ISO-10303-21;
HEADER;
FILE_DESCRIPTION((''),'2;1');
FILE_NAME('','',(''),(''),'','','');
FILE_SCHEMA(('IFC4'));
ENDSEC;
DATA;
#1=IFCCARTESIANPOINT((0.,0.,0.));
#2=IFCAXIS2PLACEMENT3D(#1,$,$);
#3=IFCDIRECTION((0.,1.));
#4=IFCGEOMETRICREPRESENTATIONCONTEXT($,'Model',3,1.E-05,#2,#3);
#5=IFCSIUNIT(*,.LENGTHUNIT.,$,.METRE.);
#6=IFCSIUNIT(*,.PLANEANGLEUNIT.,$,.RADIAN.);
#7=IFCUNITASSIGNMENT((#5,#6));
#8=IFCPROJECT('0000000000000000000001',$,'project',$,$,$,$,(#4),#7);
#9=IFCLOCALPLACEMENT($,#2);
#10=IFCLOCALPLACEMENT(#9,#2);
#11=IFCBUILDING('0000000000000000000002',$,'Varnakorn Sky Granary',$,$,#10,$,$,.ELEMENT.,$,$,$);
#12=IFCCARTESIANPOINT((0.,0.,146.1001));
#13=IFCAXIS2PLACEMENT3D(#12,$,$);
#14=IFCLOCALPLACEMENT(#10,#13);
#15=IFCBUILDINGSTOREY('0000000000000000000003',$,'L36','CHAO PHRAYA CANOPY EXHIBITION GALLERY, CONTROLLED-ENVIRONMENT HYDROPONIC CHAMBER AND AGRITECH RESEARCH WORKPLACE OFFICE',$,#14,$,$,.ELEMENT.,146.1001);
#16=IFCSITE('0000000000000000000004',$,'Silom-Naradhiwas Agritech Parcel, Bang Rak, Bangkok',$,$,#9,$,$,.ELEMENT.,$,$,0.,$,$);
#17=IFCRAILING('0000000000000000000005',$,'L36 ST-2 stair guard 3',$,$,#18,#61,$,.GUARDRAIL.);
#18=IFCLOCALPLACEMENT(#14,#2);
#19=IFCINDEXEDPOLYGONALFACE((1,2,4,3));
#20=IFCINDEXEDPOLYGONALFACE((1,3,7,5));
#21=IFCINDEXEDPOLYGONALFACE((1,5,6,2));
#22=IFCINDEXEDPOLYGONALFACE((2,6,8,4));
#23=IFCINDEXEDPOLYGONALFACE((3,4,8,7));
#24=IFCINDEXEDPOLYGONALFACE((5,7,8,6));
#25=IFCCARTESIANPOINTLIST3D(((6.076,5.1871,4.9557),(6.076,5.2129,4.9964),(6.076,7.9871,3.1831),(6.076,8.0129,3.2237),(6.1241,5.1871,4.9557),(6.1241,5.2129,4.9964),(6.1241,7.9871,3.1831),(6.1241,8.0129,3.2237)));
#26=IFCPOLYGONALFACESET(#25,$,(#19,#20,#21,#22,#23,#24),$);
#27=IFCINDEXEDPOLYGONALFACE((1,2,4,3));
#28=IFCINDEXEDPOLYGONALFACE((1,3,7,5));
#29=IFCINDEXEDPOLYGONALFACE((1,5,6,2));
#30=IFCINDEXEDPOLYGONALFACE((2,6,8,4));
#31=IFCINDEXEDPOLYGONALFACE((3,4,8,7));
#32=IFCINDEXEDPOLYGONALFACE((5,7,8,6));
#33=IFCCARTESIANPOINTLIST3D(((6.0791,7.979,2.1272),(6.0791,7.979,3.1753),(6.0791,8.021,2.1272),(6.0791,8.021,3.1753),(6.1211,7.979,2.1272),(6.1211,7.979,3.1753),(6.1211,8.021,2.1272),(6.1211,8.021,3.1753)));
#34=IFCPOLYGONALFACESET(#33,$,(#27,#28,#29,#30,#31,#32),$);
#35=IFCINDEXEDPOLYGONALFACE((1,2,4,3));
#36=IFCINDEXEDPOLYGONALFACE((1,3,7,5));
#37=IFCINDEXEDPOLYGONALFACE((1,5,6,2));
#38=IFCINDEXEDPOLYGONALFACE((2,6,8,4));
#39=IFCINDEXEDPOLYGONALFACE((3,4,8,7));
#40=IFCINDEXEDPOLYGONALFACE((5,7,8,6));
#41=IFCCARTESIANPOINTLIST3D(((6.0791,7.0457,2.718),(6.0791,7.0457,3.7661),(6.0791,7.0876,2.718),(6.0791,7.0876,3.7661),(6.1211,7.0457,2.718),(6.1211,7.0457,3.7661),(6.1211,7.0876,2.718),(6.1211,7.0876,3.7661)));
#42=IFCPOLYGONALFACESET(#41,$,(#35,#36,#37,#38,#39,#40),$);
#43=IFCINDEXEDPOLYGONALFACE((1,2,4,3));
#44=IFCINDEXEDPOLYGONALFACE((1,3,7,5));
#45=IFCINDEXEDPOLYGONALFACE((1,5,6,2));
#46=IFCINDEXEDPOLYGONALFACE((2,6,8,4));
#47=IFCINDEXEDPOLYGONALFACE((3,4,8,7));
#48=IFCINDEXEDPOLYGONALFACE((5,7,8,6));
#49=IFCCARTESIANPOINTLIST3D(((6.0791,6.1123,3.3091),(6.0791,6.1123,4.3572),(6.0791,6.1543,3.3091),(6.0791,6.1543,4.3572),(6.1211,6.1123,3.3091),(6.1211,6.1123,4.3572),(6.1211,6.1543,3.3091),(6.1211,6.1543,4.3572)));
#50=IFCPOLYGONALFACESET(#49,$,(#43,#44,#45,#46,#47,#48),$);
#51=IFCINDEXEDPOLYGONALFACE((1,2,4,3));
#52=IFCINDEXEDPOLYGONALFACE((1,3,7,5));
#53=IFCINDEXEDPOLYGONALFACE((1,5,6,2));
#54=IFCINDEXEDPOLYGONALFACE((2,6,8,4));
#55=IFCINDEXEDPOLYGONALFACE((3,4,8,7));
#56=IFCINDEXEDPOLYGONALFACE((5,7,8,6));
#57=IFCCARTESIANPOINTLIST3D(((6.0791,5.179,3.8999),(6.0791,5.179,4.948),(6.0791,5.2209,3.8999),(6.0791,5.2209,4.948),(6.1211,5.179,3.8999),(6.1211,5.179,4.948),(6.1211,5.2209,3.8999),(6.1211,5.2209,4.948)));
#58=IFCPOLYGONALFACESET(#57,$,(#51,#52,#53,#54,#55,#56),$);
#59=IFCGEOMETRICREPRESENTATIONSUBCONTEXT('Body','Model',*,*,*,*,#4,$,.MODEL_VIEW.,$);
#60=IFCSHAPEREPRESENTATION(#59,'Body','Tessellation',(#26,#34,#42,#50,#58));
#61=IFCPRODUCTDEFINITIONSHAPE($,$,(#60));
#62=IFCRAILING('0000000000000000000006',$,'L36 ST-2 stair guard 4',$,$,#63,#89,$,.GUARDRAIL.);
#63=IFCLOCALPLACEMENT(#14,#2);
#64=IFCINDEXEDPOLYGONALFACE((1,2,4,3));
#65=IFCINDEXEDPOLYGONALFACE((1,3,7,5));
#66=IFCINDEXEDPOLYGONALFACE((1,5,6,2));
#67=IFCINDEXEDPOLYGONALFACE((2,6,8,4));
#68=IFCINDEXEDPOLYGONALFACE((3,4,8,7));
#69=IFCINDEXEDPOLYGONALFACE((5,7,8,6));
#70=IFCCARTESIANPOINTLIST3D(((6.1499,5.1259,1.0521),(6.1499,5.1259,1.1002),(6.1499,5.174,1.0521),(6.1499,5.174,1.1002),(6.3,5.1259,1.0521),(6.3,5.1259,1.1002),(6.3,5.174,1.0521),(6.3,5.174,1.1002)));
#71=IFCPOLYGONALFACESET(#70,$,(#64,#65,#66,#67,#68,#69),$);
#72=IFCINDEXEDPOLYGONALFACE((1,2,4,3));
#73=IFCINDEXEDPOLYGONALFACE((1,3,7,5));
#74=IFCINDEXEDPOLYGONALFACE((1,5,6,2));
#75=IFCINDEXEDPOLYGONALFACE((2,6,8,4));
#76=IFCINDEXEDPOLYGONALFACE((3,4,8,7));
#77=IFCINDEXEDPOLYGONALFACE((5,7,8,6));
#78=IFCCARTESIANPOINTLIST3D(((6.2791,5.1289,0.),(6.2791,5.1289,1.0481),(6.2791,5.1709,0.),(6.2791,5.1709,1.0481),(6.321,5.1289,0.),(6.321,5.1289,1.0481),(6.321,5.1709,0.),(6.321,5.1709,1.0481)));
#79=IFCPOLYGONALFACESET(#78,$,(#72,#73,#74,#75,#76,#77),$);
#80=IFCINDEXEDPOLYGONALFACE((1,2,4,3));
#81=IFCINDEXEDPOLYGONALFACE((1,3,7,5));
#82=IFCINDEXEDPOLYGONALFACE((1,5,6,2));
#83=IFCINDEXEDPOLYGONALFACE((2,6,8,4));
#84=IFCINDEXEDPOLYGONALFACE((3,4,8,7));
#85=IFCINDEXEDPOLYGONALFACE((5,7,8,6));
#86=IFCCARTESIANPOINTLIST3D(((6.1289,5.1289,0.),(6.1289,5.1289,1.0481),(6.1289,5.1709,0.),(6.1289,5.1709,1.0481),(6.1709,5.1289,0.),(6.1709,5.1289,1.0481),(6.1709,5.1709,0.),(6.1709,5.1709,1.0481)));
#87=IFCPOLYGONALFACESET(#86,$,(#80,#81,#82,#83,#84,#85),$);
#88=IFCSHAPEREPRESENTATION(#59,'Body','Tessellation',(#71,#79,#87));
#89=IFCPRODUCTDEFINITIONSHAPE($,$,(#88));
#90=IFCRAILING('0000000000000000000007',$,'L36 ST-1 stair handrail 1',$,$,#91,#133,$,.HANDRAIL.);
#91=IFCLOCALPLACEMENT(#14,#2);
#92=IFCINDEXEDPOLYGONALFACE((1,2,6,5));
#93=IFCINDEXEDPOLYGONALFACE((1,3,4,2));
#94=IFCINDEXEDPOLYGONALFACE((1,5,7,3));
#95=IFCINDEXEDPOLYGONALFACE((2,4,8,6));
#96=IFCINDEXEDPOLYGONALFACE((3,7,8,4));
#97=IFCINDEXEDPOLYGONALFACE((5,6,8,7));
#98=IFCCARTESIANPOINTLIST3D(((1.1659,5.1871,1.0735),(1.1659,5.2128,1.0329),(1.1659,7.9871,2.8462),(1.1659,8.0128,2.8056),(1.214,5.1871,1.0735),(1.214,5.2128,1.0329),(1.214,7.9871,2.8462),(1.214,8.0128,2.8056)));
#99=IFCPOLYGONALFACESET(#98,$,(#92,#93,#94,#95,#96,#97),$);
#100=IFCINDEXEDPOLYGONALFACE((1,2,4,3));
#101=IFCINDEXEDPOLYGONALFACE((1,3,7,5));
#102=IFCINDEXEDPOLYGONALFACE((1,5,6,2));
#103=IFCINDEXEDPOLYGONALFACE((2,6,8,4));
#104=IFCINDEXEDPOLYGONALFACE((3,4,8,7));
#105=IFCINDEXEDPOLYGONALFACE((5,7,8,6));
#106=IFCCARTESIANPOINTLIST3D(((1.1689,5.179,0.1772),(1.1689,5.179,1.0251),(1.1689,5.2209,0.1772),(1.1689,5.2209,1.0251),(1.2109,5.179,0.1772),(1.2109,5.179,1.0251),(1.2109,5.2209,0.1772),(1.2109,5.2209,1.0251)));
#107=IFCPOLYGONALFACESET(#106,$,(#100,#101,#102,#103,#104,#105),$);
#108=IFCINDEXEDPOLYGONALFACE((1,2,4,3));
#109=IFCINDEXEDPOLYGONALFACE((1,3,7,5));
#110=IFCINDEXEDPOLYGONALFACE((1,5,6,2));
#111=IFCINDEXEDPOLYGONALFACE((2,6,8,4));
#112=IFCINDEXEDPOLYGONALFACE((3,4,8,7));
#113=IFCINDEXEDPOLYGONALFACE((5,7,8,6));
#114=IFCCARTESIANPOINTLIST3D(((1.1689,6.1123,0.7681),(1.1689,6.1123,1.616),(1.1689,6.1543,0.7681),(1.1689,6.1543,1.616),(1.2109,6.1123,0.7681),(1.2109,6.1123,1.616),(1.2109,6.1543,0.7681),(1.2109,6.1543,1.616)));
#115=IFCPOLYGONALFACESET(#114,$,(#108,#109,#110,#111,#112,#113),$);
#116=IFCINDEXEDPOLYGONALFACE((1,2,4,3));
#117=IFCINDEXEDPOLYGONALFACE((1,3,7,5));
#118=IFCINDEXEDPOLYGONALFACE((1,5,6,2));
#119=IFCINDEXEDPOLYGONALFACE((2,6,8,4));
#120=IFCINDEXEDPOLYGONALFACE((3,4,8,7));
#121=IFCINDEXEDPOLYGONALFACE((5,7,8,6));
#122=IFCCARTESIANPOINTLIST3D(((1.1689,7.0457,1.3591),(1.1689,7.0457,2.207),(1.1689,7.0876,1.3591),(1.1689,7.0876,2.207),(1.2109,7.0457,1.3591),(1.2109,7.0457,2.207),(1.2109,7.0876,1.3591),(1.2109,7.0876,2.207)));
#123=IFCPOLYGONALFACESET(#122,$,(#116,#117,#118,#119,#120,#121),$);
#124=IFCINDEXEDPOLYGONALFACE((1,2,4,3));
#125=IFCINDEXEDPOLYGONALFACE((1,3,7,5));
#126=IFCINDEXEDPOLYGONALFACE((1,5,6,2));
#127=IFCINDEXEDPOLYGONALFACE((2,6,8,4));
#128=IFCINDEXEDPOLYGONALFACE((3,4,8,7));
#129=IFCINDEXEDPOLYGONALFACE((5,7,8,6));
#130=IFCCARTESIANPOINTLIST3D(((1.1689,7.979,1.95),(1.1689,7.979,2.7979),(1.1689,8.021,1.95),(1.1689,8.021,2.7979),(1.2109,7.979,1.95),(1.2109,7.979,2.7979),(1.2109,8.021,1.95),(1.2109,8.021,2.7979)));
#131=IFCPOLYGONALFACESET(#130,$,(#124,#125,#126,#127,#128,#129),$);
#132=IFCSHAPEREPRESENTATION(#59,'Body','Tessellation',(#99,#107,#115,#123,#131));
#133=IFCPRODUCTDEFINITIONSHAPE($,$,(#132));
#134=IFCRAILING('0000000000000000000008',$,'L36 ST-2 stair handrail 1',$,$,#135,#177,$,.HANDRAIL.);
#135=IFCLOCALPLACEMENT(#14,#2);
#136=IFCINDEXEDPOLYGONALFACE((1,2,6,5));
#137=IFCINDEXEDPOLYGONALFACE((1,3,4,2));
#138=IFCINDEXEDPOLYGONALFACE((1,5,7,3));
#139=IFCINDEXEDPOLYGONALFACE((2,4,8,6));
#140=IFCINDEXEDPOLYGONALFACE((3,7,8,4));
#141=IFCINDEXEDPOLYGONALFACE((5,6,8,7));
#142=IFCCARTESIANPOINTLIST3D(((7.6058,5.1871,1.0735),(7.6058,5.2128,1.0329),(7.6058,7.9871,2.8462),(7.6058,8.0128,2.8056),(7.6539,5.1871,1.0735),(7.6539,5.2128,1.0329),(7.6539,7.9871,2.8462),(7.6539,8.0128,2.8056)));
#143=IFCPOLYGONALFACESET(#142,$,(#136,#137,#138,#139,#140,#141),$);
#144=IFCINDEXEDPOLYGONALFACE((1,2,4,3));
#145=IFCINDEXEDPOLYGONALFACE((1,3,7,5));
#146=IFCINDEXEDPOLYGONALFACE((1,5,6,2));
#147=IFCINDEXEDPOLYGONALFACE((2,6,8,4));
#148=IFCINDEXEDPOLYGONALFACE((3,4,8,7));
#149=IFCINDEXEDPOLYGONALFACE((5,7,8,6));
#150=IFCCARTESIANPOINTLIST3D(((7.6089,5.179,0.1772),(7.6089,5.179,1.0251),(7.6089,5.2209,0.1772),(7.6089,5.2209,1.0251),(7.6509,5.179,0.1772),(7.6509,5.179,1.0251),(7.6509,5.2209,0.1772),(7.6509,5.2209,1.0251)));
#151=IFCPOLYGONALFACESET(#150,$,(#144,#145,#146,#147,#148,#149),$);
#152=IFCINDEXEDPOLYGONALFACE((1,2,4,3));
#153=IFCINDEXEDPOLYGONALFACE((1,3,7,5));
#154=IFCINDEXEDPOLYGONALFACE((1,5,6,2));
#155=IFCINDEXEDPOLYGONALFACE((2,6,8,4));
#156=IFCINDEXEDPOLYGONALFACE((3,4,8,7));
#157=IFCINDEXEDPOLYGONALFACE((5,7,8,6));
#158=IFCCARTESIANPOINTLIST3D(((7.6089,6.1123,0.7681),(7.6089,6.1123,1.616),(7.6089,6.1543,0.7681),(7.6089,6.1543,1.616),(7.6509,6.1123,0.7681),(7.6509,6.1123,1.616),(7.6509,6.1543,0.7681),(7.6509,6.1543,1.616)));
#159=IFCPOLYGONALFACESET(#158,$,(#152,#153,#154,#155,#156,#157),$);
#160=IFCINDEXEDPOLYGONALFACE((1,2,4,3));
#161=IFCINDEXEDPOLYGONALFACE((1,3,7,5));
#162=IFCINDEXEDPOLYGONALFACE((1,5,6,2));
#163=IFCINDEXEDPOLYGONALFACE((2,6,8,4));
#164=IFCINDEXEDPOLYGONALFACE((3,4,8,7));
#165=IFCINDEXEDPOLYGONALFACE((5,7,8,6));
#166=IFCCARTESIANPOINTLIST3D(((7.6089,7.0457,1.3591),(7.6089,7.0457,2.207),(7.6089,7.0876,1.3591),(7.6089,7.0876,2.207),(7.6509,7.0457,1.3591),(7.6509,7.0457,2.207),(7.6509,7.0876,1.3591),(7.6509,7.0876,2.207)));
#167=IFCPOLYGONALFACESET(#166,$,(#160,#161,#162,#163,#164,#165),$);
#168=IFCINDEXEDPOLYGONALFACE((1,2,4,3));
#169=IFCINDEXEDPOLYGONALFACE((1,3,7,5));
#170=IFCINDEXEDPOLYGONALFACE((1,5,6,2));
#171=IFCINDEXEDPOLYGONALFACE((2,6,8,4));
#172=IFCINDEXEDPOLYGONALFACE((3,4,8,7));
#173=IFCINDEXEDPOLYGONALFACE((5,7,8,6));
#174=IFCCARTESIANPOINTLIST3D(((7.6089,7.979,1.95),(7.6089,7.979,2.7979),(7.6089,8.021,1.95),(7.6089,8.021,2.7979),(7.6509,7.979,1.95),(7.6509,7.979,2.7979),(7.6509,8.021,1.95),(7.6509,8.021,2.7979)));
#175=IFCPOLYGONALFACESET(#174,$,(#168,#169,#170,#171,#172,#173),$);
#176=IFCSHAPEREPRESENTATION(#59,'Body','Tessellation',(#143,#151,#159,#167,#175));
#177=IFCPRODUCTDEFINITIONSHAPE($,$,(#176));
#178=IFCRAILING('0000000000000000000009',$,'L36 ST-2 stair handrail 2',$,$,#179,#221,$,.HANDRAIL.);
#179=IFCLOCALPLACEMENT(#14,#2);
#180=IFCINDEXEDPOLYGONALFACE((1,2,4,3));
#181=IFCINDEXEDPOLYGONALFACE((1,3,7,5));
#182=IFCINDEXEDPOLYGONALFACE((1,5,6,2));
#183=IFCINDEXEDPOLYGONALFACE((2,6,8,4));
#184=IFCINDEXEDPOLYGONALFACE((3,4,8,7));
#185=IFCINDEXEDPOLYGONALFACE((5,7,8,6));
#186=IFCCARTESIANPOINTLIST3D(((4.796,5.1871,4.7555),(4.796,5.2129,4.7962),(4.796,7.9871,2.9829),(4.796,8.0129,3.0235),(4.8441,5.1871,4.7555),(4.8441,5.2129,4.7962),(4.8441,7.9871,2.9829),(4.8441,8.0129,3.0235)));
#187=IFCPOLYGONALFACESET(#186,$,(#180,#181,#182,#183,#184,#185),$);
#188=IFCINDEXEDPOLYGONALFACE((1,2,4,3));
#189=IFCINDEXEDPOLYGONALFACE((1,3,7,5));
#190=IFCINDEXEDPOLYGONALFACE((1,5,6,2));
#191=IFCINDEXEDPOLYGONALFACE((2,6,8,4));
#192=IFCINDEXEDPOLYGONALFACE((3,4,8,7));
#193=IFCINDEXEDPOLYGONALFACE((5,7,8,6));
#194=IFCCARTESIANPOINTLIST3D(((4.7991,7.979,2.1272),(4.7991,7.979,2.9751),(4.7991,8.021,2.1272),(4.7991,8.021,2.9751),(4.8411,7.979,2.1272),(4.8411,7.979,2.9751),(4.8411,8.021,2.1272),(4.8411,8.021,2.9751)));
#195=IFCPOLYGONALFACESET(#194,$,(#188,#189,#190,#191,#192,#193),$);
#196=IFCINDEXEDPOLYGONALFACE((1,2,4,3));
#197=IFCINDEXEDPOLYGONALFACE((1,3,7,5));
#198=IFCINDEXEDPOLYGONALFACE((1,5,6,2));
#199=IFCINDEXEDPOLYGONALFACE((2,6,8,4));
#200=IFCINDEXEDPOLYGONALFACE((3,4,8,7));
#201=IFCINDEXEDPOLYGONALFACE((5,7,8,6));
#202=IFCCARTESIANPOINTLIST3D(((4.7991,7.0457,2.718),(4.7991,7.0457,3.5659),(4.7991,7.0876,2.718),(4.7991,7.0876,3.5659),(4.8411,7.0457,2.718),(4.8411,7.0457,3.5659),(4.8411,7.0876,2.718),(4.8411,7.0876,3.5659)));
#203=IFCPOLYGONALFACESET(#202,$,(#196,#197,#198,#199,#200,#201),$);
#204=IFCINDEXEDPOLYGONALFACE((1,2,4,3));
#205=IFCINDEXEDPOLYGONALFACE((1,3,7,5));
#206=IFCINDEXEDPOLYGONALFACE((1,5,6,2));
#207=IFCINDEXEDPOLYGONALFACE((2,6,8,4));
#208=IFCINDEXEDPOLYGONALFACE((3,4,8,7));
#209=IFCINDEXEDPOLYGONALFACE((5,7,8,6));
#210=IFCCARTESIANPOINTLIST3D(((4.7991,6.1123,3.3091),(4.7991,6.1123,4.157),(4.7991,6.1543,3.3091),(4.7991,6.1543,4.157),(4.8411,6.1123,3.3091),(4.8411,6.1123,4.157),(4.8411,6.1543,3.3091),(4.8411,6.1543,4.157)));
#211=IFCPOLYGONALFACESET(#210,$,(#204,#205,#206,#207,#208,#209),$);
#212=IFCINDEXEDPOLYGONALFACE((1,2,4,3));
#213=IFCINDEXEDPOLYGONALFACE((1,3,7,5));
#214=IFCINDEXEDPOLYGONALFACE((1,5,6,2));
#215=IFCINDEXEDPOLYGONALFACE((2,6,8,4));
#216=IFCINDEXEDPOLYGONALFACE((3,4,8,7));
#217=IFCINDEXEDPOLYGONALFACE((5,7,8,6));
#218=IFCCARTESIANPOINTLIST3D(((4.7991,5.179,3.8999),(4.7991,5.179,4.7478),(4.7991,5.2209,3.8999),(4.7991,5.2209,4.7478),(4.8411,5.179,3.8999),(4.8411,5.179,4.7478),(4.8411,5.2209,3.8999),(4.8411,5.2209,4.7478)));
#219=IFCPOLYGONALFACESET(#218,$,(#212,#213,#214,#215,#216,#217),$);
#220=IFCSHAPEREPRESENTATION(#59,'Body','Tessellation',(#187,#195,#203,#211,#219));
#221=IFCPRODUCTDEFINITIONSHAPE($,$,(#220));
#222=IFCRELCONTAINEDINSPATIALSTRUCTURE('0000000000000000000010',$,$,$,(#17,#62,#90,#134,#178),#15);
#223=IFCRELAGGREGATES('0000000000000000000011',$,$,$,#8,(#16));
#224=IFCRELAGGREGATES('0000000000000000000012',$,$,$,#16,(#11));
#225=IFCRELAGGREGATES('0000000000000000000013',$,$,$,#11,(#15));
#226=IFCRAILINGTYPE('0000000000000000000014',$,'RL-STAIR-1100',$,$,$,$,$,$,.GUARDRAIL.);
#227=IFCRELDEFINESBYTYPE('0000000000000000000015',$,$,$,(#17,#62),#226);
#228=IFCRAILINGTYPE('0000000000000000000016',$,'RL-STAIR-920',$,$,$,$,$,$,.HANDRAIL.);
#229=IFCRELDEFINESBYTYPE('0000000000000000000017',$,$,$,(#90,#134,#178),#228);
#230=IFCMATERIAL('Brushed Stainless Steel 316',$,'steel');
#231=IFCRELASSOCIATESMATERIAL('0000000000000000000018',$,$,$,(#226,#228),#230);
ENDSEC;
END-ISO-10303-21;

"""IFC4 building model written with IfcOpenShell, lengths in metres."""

from ifc_helpers import new_model, si_unit, direction, frame, origin, origin_2d, place, context, subcontext, project, spatial, rectangle, extrude, material, type_object, element, save


model = new_model("IFC4")

# Units and contexts
model_context = context("Model", 3, precision=1e-05, world=origin(), true_north=direction((0.0, 1.0)))
body_context = subcontext(model_context, "Body", "Model", "MODEL_VIEW")
ifc_project = project(units=[si_unit("LENGTHUNIT", "METRE"), si_unit("PLANEANGLEUNIT", "RADIAN")], contexts=[model_context])

# Site, building, storey
site_placement = place(None, origin())
site = spatial("IfcSite", under=ifc_project, at=site_placement, Name="Silom-Naradhiwas Agritech Parcel, Bang Rak, Bangkok", CompositionType="ELEMENT", RefElevation=0.0)
building_placement = place(site_placement, origin())
building = spatial("IfcBuilding", under=site, at=building_placement, Name="Varnakorn Sky Granary", CompositionType="ELEMENT")
storey_placement = place(building_placement, frame((0.0, 0.0, 146.1001)))
storey = spatial("IfcBuildingStorey", under=building, at=storey_placement, Name="L36", Description="CHAO PHRAYA CANOPY EXHIBITION GALLERY, CONTROLLED-ENVIRONMENT HYDROPONIC CHAMBER AND AGRITECH RESEARCH WORKPLACE OFFICE", CompositionType="ELEMENT", Elevation=146.1001)

# Railings
ifc_material_1 = material(Name="Brushed Stainless Steel 316", Category="steel")
railing_type_1 = type_object("IfcRailingType", Name="RL-STAIR-1100", PredefinedType="GUARDRAIL", material=ifc_material_1)
railing_1_placement = place(storey_placement, frame((6.1001, 8.0, 2.1272)))
element("IfcRailing", 1, at=railing_1_placement, inside=storey, type_object=railing_type_1, Name="L36 ST-2 stair guard 3", PredefinedType="GUARDRAIL", context=body_context, shape_type="SweptSolid", body=[
    extrude(rectangle(XDim=0.0481, YDim=0.0481, at=origin_2d()), frame((0.0, 0.0, 1.0762), z_axis=(0.0, -0.844909, 0.53491), x_axis=(1.0, 0.0, 0.0)), (0.0, 0.0, 1.0), 3.314),
    extrude(rectangle(XDim=0.042, YDim=0.042, at=origin_2d()), origin(), (0.0, 0.0, 1.0), 1.0481),
    extrude(rectangle(XDim=0.042, YDim=0.042, at=origin_2d()), frame((0.0, -0.9333, 0.5908)), (0.0, 0.0, 1.0), 1.0481),
    extrude(rectangle(XDim=0.042, YDim=0.042, at=origin_2d()), frame((0.0, -1.8667, 1.1819)), (0.0, 0.0, 1.0), 1.0481),
    extrude(rectangle(XDim=0.042, YDim=0.042, at=origin_2d()), frame((0.0, -2.8, 1.7727)), (0.0, 0.0, 1.0), 1.0481),
])
railing_2_placement = place(storey_placement, frame((6.3, 5.1499, 0.0)))
element("IfcRailing", 2, at=railing_2_placement, inside=storey, type_object=railing_type_1, Name="L36 ST-2 stair guard 4", PredefinedType="GUARDRAIL", context=body_context, shape_type="SweptSolid", body=[
    extrude(rectangle(XDim=0.0481, YDim=0.0481, at=origin_2d()), frame((0.0, 0.0, 1.0762), z_axis=(-1.0, 0.0, 0.0), x_axis=(0.0, -1.0, 0.0)), (0.0, 0.0, 1.0), 0.1501),
    extrude(rectangle(XDim=0.042, YDim=0.042, at=origin_2d()), origin(), (0.0, 0.0, 1.0), 1.0481),
    extrude(rectangle(XDim=0.042, YDim=0.042, at=origin_2d()), frame((-0.1501, 0.0, 0.0)), (0.0, 0.0, 1.0), 1.0481),
])
railing_type_2 = type_object("IfcRailingType", Name="RL-STAIR-920", PredefinedType="HANDRAIL", material=ifc_material_1)
for number, where, name in (
    (3, (1.1899, 5.2, 0.1772), "L36 ST-1 stair handrail 1"),
    (4, (7.6299, 5.2, 0.1772), "L36 ST-2 stair handrail 1"),
):
    element("IfcRailing", number, at=place(storey_placement, frame(where)), inside=storey, type_object=railing_type_2, Name=name, PredefinedType="HANDRAIL", context=body_context, shape_type="SweptSolid", body=[
        extrude(rectangle(XDim=0.0481, YDim=0.0481, at=origin_2d()), frame((0.0, 0.0, 0.876), z_axis=(0.0, 0.844909, 0.53491), x_axis=(-1.0, 0.0, 0.0)), (0.0, 0.0, 1.0), 3.314),
        extrude(rectangle(XDim=0.042, YDim=0.042, at=origin_2d()), origin(), (0.0, 0.0, 1.0), 0.8479),
        extrude(rectangle(XDim=0.042, YDim=0.042, at=origin_2d()), frame((0.0, 0.9333, 0.5908)), (0.0, 0.0, 1.0), 0.8479),
        extrude(rectangle(XDim=0.042, YDim=0.042, at=origin_2d()), frame((0.0, 1.8667, 1.1819)), (0.0, 0.0, 1.0), 0.8479),
        extrude(rectangle(XDim=0.042, YDim=0.042, at=origin_2d()), frame((0.0, 2.8, 1.7727)), (0.0, 0.0, 1.0), 0.8479),
    ])
railing_3_placement = place(storey_placement, frame((4.8201, 8.0, 2.1272)))
element("IfcRailing", 5, at=railing_3_placement, inside=storey, type_object=railing_type_2, Name="L36 ST-2 stair handrail 2", PredefinedType="HANDRAIL", context=body_context, shape_type="SweptSolid", body=[
    extrude(rectangle(XDim=0.0481, YDim=0.0481, at=origin_2d()), frame((0.0, 0.0, 0.876), z_axis=(0.0, -0.844909, 0.53491), x_axis=(1.0, 0.0, 0.0)), (0.0, 0.0, 1.0), 3.314),
    extrude(rectangle(XDim=0.042, YDim=0.042, at=origin_2d()), origin(), (0.0, 0.0, 1.0), 0.8479),
    extrude(rectangle(XDim=0.042, YDim=0.042, at=origin_2d()), frame((0.0, -0.9333, 0.5908)), (0.0, 0.0, 1.0), 0.8479),
    extrude(rectangle(XDim=0.042, YDim=0.042, at=origin_2d()), frame((0.0, -1.8667, 1.1819)), (0.0, 0.0, 1.0), 0.8479),
    extrude(rectangle(XDim=0.042, YDim=0.042, at=origin_2d()), frame((0.0, -2.8, 1.7727)), (0.0, 0.0, 1.0), 0.8479),
])

save(model, "model.ifc")
